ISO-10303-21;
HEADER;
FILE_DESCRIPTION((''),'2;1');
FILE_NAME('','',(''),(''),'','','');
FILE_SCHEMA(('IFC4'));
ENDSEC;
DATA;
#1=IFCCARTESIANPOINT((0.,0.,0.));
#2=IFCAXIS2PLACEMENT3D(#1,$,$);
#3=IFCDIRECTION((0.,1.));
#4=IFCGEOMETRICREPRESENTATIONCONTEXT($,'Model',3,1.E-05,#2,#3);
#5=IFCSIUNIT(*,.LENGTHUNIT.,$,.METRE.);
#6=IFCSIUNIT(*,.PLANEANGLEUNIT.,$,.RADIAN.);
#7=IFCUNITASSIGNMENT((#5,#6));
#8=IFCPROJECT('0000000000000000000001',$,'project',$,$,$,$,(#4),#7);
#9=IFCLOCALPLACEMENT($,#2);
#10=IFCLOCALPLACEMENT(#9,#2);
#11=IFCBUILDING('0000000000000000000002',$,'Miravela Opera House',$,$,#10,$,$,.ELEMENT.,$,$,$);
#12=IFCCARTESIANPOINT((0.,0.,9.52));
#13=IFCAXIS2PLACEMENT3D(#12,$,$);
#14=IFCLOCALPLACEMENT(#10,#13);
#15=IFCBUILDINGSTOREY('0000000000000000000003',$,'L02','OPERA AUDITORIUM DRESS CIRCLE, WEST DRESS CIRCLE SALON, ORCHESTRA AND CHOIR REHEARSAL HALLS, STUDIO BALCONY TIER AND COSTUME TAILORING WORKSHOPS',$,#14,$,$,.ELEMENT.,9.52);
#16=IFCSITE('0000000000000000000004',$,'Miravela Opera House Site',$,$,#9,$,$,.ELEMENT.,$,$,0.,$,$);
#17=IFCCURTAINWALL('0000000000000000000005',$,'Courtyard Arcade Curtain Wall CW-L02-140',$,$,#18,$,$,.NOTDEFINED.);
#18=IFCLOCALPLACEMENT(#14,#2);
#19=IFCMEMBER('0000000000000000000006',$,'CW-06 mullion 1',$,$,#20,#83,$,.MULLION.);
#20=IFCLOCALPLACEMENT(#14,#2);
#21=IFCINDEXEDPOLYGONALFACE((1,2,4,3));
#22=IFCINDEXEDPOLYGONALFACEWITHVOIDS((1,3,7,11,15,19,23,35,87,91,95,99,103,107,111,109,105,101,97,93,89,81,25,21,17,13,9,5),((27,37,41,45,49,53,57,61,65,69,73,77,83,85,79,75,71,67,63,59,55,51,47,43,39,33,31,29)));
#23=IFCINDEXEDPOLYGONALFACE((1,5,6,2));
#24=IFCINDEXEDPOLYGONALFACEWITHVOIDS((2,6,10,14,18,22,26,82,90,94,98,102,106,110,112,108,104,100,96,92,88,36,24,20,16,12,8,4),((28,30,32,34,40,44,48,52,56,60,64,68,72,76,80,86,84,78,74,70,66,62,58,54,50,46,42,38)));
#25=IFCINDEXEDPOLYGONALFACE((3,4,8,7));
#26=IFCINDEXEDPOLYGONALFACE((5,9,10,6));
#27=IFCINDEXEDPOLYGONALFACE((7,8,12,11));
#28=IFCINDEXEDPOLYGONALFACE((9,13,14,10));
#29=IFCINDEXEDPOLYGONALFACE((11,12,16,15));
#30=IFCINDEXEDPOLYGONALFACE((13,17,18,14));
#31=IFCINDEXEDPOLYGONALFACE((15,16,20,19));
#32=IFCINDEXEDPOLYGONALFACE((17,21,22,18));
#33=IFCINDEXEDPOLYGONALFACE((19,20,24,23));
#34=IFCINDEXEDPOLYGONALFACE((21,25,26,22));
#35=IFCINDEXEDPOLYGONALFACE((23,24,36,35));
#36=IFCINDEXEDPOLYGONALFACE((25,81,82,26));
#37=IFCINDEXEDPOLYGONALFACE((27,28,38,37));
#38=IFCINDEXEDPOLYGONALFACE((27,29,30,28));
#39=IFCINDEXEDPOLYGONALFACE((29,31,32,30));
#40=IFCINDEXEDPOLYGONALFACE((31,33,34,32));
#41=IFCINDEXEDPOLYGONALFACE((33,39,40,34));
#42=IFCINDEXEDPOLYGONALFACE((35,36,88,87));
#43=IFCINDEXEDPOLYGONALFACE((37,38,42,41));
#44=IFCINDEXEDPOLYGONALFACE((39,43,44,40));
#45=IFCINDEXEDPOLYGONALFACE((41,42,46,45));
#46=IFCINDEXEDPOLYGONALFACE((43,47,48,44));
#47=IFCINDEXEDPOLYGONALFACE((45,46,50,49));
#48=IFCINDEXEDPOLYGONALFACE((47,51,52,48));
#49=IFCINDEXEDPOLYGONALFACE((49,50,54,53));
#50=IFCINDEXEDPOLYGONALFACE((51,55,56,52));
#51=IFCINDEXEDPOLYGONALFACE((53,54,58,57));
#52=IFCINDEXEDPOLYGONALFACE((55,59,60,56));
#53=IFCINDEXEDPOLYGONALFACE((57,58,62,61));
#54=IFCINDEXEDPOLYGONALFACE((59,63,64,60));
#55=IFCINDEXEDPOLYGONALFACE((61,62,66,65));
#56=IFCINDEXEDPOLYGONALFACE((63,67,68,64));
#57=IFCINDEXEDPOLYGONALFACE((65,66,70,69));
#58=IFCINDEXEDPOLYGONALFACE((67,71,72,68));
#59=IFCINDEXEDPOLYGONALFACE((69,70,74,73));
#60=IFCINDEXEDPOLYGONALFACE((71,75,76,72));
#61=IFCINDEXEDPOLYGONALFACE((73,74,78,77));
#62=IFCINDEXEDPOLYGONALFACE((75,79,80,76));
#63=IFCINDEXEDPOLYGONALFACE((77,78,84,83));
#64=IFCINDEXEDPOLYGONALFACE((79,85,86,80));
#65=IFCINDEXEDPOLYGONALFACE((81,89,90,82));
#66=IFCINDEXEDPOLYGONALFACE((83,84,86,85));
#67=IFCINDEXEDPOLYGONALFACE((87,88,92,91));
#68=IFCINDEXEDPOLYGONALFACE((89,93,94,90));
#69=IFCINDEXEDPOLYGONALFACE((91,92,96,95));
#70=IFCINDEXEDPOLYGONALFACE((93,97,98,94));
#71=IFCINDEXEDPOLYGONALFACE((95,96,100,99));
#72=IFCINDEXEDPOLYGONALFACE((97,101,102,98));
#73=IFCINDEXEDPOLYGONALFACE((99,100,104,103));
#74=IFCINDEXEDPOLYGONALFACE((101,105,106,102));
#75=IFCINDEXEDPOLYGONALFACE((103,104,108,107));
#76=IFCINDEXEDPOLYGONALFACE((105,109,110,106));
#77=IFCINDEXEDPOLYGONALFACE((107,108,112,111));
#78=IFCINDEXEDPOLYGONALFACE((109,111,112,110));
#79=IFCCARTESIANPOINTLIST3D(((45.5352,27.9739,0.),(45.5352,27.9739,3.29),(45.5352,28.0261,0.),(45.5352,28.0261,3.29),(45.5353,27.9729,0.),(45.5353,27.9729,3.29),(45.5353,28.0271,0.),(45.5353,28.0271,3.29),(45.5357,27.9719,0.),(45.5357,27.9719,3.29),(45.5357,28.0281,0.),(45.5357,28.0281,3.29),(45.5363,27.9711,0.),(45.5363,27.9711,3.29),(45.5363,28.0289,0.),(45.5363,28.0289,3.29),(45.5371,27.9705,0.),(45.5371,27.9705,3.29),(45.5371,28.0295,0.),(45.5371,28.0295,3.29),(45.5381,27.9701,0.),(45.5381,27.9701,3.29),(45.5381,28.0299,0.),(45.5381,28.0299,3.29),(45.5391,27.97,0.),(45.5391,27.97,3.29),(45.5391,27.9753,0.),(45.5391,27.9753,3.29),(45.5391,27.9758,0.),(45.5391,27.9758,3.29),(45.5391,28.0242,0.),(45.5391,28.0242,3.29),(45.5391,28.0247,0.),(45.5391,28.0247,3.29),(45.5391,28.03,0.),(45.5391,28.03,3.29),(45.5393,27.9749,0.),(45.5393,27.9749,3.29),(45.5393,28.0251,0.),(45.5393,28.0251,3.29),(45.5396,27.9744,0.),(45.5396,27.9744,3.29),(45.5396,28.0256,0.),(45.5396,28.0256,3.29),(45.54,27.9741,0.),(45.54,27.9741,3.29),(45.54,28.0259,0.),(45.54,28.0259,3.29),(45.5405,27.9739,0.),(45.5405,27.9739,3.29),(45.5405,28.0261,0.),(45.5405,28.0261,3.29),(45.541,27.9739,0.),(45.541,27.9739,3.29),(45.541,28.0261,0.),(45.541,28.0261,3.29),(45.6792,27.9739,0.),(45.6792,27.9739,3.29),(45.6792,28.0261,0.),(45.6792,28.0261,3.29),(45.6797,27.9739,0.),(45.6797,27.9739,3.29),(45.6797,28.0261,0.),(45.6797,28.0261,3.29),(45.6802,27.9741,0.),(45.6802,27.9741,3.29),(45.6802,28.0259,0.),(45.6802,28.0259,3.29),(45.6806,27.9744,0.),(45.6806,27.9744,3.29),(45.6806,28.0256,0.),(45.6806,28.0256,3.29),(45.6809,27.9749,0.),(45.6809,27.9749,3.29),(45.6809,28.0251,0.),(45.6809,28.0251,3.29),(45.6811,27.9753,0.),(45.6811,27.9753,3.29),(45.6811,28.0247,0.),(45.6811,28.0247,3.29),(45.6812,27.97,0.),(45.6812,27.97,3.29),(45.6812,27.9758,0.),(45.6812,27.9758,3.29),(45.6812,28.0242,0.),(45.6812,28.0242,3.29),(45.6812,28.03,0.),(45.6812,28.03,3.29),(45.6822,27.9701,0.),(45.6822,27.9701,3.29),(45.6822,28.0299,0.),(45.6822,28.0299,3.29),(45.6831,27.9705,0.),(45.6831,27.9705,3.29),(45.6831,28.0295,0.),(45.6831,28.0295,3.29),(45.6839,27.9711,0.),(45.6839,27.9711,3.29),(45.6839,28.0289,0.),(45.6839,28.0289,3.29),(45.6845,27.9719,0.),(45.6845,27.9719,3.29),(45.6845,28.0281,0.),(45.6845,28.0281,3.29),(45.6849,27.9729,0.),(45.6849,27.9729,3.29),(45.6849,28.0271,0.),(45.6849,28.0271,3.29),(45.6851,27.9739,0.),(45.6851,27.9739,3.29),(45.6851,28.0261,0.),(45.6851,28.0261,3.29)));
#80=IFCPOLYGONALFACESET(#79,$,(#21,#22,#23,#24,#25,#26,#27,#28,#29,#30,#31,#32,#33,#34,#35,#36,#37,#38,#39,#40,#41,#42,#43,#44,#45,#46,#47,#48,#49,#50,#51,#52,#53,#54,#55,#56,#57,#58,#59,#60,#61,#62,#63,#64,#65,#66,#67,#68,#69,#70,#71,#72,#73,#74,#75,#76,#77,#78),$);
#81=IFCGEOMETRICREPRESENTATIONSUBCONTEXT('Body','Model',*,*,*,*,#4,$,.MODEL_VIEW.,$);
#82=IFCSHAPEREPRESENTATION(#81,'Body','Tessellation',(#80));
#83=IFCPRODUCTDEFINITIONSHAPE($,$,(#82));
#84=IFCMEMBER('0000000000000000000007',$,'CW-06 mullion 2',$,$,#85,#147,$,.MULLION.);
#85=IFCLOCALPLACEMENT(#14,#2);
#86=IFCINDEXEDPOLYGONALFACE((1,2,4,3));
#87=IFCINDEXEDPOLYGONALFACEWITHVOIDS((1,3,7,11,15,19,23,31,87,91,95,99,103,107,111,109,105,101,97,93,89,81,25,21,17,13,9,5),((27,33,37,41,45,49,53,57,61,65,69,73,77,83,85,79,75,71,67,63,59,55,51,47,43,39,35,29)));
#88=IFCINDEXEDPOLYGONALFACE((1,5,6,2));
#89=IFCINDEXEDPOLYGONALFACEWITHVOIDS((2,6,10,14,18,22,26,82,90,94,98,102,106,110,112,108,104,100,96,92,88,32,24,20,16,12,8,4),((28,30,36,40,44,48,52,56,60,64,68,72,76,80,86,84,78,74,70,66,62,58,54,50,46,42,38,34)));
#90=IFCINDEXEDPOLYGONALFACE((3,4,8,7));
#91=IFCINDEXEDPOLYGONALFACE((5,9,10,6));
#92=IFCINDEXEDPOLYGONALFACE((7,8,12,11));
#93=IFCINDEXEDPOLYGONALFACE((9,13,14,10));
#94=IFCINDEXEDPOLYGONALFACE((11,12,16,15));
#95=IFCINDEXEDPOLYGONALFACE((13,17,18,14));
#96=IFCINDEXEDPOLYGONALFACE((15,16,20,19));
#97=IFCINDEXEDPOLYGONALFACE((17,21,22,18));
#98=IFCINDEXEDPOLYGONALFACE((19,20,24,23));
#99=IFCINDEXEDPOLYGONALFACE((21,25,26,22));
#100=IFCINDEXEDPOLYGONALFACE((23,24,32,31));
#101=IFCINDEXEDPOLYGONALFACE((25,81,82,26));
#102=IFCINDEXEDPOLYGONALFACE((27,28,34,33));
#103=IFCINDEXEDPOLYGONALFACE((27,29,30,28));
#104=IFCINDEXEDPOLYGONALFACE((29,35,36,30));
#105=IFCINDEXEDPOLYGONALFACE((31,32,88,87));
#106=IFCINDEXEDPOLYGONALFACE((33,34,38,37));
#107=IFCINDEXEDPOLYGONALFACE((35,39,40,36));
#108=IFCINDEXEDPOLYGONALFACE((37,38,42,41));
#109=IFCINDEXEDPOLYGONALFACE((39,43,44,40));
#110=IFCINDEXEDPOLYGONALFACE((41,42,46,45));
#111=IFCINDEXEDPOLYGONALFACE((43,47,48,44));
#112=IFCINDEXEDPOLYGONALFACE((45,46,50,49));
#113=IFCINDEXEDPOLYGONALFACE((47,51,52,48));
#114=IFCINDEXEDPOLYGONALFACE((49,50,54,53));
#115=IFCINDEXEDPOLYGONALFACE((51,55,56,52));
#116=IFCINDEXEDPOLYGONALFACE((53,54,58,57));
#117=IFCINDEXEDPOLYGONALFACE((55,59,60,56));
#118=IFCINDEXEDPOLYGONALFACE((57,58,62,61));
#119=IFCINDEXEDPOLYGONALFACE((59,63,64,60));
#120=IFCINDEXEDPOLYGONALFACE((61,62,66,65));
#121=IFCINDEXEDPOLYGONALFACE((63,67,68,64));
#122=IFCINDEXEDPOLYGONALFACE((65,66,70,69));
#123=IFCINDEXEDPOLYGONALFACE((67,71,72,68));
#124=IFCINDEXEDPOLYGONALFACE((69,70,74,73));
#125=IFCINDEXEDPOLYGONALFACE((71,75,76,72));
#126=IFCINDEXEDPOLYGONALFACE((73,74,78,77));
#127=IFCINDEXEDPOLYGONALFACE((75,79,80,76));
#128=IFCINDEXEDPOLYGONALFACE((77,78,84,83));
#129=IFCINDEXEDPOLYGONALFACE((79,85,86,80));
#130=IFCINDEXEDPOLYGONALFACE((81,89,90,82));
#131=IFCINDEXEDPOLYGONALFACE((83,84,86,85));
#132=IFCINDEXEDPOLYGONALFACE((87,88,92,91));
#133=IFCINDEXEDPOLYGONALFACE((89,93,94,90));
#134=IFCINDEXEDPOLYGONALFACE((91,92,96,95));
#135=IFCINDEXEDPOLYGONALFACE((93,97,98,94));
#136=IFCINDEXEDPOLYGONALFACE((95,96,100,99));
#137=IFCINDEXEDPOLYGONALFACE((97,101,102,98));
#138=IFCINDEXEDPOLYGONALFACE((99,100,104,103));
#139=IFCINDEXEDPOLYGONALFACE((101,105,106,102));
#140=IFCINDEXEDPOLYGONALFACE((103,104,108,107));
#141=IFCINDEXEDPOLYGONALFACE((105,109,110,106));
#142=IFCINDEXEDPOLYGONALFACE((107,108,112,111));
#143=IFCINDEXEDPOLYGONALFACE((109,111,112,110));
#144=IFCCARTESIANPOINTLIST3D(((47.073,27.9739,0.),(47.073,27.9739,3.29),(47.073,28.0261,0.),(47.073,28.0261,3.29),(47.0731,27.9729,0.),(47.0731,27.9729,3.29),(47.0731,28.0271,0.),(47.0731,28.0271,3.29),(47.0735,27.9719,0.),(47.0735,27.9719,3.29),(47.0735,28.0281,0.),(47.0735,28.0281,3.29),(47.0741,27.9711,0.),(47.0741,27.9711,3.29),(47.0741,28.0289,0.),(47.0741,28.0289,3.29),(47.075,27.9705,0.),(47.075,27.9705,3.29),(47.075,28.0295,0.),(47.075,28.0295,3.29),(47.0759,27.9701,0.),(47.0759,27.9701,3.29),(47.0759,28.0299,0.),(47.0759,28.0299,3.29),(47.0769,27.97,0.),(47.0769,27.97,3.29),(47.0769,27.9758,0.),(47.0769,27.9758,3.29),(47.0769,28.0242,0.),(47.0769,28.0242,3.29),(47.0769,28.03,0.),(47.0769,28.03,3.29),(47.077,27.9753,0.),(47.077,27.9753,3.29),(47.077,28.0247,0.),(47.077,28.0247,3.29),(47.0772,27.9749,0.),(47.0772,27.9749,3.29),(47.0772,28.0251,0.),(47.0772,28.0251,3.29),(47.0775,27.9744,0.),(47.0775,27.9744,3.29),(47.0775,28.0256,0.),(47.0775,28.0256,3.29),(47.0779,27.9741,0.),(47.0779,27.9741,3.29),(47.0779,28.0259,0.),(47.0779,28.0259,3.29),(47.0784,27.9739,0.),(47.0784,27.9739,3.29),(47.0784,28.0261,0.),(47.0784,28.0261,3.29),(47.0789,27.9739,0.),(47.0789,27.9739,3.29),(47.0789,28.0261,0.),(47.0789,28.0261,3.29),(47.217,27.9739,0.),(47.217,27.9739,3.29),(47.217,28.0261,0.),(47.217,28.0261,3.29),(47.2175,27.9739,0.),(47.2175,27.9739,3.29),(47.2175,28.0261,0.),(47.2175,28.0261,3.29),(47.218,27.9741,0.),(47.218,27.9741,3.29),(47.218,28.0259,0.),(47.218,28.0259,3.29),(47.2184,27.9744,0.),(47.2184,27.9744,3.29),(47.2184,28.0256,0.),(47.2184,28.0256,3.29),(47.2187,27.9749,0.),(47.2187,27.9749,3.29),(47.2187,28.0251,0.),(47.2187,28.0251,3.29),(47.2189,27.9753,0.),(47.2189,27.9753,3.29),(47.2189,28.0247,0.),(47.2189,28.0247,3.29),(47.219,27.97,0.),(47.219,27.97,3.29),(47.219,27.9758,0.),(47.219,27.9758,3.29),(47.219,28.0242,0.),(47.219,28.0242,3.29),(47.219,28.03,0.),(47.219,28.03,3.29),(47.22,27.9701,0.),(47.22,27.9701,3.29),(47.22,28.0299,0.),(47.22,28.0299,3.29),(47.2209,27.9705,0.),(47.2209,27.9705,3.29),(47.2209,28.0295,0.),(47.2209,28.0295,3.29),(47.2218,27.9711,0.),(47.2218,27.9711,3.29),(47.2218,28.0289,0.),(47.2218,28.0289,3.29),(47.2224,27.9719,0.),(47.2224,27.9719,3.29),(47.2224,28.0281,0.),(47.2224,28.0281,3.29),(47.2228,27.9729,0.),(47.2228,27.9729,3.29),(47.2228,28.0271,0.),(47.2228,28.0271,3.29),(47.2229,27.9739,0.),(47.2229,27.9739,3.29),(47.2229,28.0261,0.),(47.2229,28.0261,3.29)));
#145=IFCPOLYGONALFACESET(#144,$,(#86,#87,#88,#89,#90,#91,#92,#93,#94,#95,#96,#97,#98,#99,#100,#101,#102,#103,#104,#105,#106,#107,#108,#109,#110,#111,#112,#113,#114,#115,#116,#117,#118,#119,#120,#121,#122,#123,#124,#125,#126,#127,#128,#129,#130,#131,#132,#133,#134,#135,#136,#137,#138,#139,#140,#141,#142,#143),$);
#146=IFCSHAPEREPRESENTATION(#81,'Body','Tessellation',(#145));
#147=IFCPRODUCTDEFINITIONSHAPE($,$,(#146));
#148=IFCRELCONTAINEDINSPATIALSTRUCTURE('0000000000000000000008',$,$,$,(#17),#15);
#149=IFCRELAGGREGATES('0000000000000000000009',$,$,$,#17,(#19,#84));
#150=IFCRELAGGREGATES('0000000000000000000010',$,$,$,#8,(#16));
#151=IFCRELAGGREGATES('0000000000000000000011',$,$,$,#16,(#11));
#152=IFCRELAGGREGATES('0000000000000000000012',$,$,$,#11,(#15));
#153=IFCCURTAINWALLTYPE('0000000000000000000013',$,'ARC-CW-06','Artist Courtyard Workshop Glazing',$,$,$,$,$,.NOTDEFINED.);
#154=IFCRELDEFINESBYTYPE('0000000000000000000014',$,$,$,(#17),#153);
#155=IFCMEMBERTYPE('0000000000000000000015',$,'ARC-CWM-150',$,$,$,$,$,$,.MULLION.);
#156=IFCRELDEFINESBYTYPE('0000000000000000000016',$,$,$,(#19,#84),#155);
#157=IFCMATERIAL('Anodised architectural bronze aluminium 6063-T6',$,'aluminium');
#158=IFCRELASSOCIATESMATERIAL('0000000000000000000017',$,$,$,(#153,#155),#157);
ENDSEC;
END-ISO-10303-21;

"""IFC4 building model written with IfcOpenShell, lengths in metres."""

from ifc_helpers import new_model, si_unit, direction, frame, origin, origin_2d, place, context, subcontext, project, spatial, hollow_rectangle, extrude, material, material_profile, profile_set, type_object, element, aggregate, save


model = new_model("IFC4")

# Units and contexts
model_context = context("Model", 3, precision=1e-05, world=origin(), true_north=direction((0.0, 1.0)))
body_context = subcontext(model_context, "Body", "Model", "MODEL_VIEW")
ifc_project = project(units=[si_unit("LENGTHUNIT", "METRE"), si_unit("PLANEANGLEUNIT", "RADIAN")], contexts=[model_context])

# Site, building, storey
site_placement = place(None, origin())
site = spatial("IfcSite", under=ifc_project, at=site_placement, Name="Miravela Opera House Site", CompositionType="ELEMENT", RefElevation=0.0)
building_placement = place(site_placement, origin())
building = spatial("IfcBuilding", under=site, at=building_placement, Name="Miravela Opera House", CompositionType="ELEMENT")
storey_placement = place(building_placement, frame((0.0, 0.0, 9.52)))
storey = spatial("IfcBuildingStorey", under=building, at=storey_placement, Name="L02", Description="OPERA AUDITORIUM DRESS CIRCLE, WEST DRESS CIRCLE SALON, ORCHESTRA AND CHOIR REHEARSAL HALLS, STUDIO BALCONY TIER AND COSTUME TAILORING WORKSHOPS", CompositionType="ELEMENT", Elevation=9.52)

# Curtain wall, members
ifc_material_1 = material(Name="Anodised architectural bronze aluminium 6063-T6", Category="aluminium")
curtain_wall_type = type_object("IfcCurtainWallType", Name="ARC-CW-06", Description="Artist Courtyard Workshop Glazing", PredefinedType="NOTDEFINED", material=ifc_material_1)
curtain_wall_placement = place(storey_placement, origin())
curtain_wall = element("IfcCurtainWall", 1, at=curtain_wall_placement, inside=storey, type_object=curtain_wall_type, Name="Courtyard Arcade Curtain Wall CW-L02-140", PredefinedType="NOTDEFINED")
ifc_material_profile_1 = material_profile(ifc_material_1, hollow_rectangle(XDim=0.0601, YDim=0.1499, WallThickness=0.0039, InnerFilletRadius=0.002, OuterFilletRadius=0.0039, at=origin_2d()), Name="CWM-60X150")
ifc_profile_set_1 = profile_set([ifc_material_profile_1])
member_type_1 = type_object("IfcMemberType", Name="ARC-CWM-150", PredefinedType="MULLION", material=ifc_profile_set_1)
member_1_placement = place(storey_placement, frame((45.6101, 28.0, 0.0), z_axis=(0.0, 0.0, 1.0), x_axis=(0.0, 1.0, 0.0)))
member_1 = element("IfcMember", 2, at=member_1_placement, type_object=member_type_1, Name="CW-06 mullion 1", PredefinedType="MULLION", context=body_context, shape_type="SweptSolid", body=[
    extrude(hollow_rectangle(XDim=0.0601, YDim=0.1499, WallThickness=0.0039, InnerFilletRadius=0.002, OuterFilletRadius=0.0039, at=origin_2d()), origin(), (0.0, 0.0, 1.0), 3.29),
])
member_2_placement = place(storey_placement, frame((47.1479, 28.0, 0.0), z_axis=(0.0, 0.0, 1.0), x_axis=(0.0, 1.0, 0.0)))
member_2 = element("IfcMember", 3, at=member_2_placement, type_object=member_type_1, Name="CW-06 mullion 2", PredefinedType="MULLION", context=body_context, shape_type="SweptSolid", body=[
    extrude(hollow_rectangle(XDim=0.0601, YDim=0.1499, WallThickness=0.0039, InnerFilletRadius=0.002, OuterFilletRadius=0.0039, at=origin_2d()), origin(), (0.0, 0.0, 1.0), 3.29),
])

aggregate(curtain_wall, [member_1, member_2])

save(model, "model.ifc")
